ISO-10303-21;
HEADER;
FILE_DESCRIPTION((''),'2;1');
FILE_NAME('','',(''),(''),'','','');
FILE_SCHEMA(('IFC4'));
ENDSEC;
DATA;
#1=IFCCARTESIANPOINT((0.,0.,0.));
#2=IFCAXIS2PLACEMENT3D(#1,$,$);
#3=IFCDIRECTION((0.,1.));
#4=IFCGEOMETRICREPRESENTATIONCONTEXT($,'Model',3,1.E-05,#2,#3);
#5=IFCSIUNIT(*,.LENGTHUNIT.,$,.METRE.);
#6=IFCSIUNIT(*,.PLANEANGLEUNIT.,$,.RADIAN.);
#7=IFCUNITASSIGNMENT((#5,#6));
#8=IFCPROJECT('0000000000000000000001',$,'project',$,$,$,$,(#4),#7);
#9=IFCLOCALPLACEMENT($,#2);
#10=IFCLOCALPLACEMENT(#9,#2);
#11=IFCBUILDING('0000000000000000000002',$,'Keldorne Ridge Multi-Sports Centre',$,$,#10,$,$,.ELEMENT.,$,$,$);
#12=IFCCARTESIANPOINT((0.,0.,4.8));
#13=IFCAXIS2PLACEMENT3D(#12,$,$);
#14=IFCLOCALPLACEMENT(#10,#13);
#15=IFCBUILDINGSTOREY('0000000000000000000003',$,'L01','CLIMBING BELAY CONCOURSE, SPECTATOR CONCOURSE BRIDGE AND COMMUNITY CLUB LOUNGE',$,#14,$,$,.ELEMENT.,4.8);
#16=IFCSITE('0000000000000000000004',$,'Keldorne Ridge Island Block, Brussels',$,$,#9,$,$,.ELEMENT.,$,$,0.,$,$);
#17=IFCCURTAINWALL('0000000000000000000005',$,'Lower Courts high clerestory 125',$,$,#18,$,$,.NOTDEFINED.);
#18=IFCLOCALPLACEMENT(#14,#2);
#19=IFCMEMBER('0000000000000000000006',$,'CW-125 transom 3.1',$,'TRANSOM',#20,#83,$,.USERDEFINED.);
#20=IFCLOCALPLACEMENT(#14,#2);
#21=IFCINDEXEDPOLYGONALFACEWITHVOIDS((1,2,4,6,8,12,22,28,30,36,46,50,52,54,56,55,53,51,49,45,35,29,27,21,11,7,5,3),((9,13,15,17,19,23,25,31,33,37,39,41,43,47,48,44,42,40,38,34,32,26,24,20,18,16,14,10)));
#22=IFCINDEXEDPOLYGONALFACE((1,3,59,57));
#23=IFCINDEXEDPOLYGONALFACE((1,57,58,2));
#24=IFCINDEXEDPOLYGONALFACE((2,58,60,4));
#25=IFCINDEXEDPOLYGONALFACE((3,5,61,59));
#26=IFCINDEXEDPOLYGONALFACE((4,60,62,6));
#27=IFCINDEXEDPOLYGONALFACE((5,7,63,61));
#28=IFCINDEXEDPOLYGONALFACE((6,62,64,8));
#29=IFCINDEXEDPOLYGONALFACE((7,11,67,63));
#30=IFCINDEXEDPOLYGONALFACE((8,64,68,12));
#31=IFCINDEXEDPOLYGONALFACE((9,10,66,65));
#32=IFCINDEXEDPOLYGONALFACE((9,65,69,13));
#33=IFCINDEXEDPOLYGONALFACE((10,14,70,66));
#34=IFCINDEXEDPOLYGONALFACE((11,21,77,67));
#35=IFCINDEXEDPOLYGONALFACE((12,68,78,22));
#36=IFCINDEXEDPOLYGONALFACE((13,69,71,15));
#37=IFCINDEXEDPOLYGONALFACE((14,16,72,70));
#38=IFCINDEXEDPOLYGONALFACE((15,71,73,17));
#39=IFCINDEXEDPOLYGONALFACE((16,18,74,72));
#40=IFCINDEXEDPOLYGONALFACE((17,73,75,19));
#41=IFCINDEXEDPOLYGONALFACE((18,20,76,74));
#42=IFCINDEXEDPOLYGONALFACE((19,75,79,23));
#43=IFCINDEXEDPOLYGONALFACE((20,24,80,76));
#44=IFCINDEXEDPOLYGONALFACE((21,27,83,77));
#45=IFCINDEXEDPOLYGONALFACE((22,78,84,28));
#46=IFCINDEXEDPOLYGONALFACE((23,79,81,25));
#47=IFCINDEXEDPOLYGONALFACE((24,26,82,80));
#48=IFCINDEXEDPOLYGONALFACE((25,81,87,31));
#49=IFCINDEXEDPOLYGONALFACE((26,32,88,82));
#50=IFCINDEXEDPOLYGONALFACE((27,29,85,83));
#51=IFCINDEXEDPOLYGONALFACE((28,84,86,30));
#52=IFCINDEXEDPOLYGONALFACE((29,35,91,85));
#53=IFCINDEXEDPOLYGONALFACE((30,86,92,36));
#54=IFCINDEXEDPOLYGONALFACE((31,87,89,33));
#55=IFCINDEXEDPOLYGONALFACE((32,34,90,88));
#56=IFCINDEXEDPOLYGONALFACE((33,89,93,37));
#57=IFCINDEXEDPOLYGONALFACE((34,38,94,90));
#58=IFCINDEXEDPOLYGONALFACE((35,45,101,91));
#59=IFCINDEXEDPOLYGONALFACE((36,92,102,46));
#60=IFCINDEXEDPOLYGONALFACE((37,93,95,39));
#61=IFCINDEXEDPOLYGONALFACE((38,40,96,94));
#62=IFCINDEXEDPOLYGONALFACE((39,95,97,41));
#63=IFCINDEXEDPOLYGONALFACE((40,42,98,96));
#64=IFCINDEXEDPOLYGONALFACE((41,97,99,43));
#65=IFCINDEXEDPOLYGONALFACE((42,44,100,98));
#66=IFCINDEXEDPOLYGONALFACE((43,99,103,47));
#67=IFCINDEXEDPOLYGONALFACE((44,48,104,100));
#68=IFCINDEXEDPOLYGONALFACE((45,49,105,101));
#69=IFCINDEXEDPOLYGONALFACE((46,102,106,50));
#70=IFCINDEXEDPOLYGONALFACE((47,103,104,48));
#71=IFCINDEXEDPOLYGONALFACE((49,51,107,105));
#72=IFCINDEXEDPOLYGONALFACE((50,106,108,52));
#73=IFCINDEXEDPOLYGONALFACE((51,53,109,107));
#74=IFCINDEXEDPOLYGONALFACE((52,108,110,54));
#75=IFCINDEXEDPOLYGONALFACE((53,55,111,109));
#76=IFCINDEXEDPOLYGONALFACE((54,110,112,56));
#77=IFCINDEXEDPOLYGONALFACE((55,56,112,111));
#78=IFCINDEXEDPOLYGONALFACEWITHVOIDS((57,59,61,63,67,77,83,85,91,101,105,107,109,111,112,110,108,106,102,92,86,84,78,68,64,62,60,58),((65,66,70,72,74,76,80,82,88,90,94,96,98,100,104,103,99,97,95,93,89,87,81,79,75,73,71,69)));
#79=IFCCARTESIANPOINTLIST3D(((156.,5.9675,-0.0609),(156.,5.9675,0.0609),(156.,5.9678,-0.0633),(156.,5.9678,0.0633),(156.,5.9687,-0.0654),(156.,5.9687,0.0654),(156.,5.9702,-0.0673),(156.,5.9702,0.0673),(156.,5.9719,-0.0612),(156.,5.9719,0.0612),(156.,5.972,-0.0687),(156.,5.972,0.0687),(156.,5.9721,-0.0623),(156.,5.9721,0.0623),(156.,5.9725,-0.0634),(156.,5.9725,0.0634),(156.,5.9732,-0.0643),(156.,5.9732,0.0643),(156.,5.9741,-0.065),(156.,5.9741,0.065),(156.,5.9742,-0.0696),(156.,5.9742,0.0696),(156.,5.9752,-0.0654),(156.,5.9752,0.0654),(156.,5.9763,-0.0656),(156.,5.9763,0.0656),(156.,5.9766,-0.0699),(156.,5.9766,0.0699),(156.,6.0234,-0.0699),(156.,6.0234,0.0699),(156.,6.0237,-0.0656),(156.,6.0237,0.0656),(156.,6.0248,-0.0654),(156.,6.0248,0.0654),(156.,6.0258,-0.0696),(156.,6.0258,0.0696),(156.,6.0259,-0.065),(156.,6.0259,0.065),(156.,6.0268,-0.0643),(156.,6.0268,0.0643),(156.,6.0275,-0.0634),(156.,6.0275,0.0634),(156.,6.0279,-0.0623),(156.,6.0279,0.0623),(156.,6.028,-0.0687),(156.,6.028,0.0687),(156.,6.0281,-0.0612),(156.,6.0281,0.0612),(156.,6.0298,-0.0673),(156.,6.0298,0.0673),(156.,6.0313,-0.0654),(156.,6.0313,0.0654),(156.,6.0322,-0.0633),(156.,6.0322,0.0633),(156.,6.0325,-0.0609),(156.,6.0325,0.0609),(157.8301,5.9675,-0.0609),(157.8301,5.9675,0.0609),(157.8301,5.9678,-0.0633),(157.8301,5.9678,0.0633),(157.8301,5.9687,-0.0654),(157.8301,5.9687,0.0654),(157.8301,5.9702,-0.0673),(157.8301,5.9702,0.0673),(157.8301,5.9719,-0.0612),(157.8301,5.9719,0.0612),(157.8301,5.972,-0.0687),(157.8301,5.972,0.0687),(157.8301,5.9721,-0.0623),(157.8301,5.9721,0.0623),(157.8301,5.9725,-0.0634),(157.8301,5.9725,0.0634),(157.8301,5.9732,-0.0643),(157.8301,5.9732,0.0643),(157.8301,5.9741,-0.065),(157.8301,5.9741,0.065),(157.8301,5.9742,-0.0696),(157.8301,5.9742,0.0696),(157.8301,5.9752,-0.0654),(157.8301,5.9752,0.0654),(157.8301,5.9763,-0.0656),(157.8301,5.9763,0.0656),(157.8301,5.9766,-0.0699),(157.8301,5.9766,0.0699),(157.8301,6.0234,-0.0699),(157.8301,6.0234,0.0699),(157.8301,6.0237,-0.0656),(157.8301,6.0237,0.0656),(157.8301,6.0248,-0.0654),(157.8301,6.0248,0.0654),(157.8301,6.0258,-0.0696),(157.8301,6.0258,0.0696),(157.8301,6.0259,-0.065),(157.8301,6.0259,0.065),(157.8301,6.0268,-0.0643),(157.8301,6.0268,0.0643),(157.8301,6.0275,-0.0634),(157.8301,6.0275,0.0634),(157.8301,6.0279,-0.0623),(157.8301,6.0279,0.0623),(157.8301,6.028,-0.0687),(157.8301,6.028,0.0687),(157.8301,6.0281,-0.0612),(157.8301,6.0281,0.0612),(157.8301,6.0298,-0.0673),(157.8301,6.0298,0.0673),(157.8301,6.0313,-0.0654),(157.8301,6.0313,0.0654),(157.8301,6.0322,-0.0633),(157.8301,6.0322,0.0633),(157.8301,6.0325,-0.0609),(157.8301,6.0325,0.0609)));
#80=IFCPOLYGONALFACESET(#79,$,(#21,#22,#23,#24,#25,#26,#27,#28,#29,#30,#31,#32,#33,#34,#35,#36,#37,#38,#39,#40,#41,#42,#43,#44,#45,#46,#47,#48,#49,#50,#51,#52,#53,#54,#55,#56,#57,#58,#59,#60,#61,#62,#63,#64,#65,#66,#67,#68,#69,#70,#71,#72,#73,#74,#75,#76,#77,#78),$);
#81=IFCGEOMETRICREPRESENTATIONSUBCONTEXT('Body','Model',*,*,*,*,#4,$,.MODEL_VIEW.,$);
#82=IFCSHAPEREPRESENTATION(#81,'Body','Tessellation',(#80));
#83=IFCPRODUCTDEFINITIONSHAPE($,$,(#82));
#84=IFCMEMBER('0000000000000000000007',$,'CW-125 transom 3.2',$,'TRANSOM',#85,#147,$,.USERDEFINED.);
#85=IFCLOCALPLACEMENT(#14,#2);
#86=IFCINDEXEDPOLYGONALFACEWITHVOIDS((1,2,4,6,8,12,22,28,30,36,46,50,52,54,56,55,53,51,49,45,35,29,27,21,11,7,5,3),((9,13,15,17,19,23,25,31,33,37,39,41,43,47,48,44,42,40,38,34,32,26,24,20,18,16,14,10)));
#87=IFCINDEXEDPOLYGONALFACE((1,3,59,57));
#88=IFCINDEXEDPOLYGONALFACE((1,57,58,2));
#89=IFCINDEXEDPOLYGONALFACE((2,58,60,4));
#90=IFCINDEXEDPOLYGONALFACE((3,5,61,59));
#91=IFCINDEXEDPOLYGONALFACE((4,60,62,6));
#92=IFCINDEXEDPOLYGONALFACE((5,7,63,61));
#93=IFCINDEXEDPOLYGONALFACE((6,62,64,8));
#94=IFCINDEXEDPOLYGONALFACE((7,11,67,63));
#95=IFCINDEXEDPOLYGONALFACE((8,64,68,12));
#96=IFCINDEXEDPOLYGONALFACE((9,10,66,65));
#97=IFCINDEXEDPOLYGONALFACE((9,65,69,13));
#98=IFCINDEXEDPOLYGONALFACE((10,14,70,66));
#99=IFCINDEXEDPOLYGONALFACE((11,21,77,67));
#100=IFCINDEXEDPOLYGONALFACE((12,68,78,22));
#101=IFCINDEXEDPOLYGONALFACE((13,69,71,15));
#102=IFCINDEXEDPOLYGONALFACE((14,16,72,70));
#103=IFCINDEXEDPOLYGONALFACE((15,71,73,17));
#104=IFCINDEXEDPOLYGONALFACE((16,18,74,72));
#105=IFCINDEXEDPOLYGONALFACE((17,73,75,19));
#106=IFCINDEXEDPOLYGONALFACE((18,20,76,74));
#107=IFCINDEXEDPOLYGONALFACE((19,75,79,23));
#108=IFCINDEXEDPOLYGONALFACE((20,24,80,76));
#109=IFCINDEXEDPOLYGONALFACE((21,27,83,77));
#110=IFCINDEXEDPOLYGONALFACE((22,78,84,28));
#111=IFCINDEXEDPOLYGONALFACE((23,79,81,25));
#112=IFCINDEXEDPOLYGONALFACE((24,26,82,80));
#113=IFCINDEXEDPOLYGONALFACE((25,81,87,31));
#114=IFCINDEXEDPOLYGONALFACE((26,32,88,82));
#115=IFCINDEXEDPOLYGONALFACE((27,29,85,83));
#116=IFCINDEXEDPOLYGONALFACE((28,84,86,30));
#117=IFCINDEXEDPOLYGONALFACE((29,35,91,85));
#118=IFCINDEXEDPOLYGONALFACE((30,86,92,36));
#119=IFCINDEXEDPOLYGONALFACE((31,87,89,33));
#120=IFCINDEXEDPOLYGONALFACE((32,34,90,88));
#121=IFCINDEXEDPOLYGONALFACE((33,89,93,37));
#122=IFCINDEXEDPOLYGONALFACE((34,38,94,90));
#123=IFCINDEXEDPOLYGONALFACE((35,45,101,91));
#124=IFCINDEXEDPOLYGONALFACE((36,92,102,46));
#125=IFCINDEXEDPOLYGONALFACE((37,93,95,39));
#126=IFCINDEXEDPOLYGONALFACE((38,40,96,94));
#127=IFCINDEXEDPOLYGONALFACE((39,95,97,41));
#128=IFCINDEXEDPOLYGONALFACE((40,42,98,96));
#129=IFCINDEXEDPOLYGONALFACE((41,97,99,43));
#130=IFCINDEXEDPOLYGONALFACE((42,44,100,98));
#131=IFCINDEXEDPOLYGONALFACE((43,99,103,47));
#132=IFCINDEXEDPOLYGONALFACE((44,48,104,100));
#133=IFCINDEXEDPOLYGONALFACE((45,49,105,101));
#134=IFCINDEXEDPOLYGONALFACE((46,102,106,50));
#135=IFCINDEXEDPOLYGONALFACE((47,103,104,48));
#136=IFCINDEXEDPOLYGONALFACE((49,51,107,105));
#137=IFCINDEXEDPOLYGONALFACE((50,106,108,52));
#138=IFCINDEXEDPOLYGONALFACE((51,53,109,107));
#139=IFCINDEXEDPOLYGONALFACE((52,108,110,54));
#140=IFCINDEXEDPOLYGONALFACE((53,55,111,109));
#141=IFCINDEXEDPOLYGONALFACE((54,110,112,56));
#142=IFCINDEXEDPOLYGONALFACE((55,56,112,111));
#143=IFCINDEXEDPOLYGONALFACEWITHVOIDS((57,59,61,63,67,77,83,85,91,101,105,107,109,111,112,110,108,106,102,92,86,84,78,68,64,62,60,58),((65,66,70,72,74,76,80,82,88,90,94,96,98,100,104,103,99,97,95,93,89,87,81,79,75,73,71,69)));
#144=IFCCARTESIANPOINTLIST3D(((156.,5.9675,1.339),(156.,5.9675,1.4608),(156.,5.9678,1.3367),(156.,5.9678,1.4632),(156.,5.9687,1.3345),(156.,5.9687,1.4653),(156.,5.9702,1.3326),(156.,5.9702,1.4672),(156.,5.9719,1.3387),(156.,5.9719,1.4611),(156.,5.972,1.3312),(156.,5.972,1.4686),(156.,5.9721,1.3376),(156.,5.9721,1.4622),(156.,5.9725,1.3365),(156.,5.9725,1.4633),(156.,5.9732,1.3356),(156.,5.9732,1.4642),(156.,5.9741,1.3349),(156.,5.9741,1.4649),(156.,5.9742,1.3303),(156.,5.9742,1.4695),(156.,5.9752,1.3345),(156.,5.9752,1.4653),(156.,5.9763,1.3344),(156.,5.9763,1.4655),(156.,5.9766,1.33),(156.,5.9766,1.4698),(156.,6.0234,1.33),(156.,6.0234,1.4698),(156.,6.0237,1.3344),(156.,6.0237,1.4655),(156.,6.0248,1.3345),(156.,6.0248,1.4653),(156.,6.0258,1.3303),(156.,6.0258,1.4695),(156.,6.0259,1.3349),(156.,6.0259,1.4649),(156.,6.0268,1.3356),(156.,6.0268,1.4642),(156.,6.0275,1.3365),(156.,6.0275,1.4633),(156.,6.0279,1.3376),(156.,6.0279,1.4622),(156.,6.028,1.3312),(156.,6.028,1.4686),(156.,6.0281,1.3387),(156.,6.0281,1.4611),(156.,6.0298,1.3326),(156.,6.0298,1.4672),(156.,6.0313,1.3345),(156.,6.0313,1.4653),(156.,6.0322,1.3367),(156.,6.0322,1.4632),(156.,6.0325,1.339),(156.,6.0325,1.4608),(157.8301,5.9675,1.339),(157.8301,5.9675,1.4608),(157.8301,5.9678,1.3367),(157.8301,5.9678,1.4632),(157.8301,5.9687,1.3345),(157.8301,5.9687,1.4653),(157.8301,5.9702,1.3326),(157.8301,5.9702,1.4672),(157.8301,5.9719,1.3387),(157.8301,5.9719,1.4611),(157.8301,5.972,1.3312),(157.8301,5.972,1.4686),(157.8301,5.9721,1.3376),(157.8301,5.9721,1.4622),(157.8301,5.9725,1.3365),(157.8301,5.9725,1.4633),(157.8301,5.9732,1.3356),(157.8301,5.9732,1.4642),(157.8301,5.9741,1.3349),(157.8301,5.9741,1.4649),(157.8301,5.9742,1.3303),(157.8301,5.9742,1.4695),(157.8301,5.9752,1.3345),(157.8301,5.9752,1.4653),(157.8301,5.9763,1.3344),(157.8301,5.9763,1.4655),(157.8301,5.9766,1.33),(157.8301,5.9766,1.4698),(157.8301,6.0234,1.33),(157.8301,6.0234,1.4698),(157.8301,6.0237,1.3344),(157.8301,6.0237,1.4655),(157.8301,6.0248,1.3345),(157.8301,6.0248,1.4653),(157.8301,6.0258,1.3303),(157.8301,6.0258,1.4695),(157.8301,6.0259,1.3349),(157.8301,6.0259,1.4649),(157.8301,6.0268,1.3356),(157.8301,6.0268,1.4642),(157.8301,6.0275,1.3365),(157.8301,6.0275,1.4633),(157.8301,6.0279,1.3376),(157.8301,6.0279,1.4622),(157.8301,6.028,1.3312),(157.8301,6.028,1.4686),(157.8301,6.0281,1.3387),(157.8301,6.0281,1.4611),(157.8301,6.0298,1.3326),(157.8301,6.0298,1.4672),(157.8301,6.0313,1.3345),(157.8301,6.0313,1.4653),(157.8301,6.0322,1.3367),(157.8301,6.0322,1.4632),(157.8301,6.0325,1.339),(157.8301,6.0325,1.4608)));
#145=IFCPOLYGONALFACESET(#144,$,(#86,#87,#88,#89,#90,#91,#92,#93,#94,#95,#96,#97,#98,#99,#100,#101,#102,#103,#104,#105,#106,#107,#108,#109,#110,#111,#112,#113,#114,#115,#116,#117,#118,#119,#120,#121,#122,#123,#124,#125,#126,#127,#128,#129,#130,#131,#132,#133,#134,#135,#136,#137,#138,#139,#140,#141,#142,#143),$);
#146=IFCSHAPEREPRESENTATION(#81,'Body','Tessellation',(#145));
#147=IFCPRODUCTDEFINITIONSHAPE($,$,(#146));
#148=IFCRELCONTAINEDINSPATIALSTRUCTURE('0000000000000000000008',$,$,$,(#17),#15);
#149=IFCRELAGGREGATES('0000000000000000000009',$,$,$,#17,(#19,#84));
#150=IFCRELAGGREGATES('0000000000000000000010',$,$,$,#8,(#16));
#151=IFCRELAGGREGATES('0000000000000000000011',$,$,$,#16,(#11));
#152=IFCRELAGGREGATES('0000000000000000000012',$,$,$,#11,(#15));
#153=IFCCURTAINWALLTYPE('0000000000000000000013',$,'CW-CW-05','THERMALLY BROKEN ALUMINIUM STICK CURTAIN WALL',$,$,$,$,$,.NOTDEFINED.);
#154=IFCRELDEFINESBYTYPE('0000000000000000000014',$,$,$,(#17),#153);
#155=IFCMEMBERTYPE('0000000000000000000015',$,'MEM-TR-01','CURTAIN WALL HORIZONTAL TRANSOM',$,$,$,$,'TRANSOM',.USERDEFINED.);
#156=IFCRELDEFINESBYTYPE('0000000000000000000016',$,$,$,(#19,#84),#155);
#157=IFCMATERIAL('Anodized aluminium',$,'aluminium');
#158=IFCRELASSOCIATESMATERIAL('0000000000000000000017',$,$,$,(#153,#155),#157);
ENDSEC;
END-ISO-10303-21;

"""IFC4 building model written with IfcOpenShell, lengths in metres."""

from ifc_helpers import new_model, si_unit, direction, frame, origin, origin_2d, place, context, subcontext, project, spatial, hollow_rectangle, extrude, material, material_profile, profile_set, type_object, element, aggregate, save


model = new_model("IFC4")

# Units and contexts
model_context = context("Model", 3, precision=1e-05, world=origin(), true_north=direction((0.0, 1.0)))
body_context = subcontext(model_context, "Body", "Model", "MODEL_VIEW")
ifc_project = project(units=[si_unit("LENGTHUNIT", "METRE"), si_unit("PLANEANGLEUNIT", "RADIAN")], contexts=[model_context])

# Site, building, storey
site_placement = place(None, origin())
site = spatial("IfcSite", under=ifc_project, at=site_placement, Name="Keldorne Ridge Island Block, Brussels", CompositionType="ELEMENT", RefElevation=0.0)
building_placement = place(site_placement, origin())
building = spatial("IfcBuilding", under=site, at=building_placement, Name="Keldorne Ridge Multi-Sports Centre", CompositionType="ELEMENT")
storey_placement = place(building_placement, frame((0.0, 0.0, 4.8)))
storey = spatial("IfcBuildingStorey", under=building, at=storey_placement, Name="L01", Description="CLIMBING BELAY CONCOURSE, SPECTATOR CONCOURSE BRIDGE AND COMMUNITY CLUB LOUNGE", CompositionType="ELEMENT", Elevation=4.8)

# Curtain wall, members
ifc_material_1 = material(Name="Anodized aluminium", Category="aluminium")
curtain_wall_type = type_object("IfcCurtainWallType", Name="CW-CW-05", Description="THERMALLY BROKEN ALUMINIUM STICK CURTAIN WALL", PredefinedType="NOTDEFINED", material=ifc_material_1)
curtain_wall_placement = place(storey_placement, origin())
curtain_wall = element("IfcCurtainWall", 1, at=curtain_wall_placement, inside=storey, type_object=curtain_wall_type, Name="Lower Courts high clerestory 125", PredefinedType="NOTDEFINED")
ifc_material_profile_1 = material_profile(ifc_material_1, hollow_rectangle(XDim=0.0649, YDim=0.1399, WallThickness=0.0044, InnerFilletRadius=0.0044, OuterFilletRadius=0.009, at=origin_2d()), Name="ALU TRANSOM 140x65x4.5")
ifc_profile_set_1 = profile_set([ifc_material_profile_1], Name="Anodized aluminium")
member_type_1 = type_object("IfcMemberType", Name="MEM-TR-01", Description="CURTAIN WALL HORIZONTAL TRANSOM", ElementType="TRANSOM", PredefinedType="USERDEFINED", material=ifc_profile_set_1)
member_1_placement = place(storey_placement, frame((156.0, 6.0, 0.0), z_axis=(1.0, 0.0, 0.0), x_axis=(0.0, 1.0, 0.0)))
member_1 = element("IfcMember", 2, at=member_1_placement, type_object=member_type_1, Name="CW-125 transom 3.1", ObjectType="TRANSOM", PredefinedType="USERDEFINED", context=body_context, shape_type="SweptSolid", body=[
    extrude(hollow_rectangle(XDim=0.0649, YDim=0.1399, WallThickness=0.0044, InnerFilletRadius=0.0044, OuterFilletRadius=0.009, at=origin_2d()), origin(), (0.0, 0.0, 1.0), 1.8301),
])
member_2_placement = place(storey_placement, frame((156.0, 6.0, 1.3999), z_axis=(1.0, 0.0, 0.0), x_axis=(0.0, 1.0, 0.0)))
member_2 = element("IfcMember", 3, at=member_2_placement, type_object=member_type_1, Name="CW-125 transom 3.2", ObjectType="TRANSOM", PredefinedType="USERDEFINED", context=body_context, shape_type="SweptSolid", body=[
    extrude(hollow_rectangle(XDim=0.0649, YDim=0.1399, WallThickness=0.0044, InnerFilletRadius=0.0044, OuterFilletRadius=0.009, at=origin_2d()), origin(), (0.0, 0.0, 1.0), 1.8301),
])
aggregate(curtain_wall, [member_1, member_2])

save(model, "model.ifc")
